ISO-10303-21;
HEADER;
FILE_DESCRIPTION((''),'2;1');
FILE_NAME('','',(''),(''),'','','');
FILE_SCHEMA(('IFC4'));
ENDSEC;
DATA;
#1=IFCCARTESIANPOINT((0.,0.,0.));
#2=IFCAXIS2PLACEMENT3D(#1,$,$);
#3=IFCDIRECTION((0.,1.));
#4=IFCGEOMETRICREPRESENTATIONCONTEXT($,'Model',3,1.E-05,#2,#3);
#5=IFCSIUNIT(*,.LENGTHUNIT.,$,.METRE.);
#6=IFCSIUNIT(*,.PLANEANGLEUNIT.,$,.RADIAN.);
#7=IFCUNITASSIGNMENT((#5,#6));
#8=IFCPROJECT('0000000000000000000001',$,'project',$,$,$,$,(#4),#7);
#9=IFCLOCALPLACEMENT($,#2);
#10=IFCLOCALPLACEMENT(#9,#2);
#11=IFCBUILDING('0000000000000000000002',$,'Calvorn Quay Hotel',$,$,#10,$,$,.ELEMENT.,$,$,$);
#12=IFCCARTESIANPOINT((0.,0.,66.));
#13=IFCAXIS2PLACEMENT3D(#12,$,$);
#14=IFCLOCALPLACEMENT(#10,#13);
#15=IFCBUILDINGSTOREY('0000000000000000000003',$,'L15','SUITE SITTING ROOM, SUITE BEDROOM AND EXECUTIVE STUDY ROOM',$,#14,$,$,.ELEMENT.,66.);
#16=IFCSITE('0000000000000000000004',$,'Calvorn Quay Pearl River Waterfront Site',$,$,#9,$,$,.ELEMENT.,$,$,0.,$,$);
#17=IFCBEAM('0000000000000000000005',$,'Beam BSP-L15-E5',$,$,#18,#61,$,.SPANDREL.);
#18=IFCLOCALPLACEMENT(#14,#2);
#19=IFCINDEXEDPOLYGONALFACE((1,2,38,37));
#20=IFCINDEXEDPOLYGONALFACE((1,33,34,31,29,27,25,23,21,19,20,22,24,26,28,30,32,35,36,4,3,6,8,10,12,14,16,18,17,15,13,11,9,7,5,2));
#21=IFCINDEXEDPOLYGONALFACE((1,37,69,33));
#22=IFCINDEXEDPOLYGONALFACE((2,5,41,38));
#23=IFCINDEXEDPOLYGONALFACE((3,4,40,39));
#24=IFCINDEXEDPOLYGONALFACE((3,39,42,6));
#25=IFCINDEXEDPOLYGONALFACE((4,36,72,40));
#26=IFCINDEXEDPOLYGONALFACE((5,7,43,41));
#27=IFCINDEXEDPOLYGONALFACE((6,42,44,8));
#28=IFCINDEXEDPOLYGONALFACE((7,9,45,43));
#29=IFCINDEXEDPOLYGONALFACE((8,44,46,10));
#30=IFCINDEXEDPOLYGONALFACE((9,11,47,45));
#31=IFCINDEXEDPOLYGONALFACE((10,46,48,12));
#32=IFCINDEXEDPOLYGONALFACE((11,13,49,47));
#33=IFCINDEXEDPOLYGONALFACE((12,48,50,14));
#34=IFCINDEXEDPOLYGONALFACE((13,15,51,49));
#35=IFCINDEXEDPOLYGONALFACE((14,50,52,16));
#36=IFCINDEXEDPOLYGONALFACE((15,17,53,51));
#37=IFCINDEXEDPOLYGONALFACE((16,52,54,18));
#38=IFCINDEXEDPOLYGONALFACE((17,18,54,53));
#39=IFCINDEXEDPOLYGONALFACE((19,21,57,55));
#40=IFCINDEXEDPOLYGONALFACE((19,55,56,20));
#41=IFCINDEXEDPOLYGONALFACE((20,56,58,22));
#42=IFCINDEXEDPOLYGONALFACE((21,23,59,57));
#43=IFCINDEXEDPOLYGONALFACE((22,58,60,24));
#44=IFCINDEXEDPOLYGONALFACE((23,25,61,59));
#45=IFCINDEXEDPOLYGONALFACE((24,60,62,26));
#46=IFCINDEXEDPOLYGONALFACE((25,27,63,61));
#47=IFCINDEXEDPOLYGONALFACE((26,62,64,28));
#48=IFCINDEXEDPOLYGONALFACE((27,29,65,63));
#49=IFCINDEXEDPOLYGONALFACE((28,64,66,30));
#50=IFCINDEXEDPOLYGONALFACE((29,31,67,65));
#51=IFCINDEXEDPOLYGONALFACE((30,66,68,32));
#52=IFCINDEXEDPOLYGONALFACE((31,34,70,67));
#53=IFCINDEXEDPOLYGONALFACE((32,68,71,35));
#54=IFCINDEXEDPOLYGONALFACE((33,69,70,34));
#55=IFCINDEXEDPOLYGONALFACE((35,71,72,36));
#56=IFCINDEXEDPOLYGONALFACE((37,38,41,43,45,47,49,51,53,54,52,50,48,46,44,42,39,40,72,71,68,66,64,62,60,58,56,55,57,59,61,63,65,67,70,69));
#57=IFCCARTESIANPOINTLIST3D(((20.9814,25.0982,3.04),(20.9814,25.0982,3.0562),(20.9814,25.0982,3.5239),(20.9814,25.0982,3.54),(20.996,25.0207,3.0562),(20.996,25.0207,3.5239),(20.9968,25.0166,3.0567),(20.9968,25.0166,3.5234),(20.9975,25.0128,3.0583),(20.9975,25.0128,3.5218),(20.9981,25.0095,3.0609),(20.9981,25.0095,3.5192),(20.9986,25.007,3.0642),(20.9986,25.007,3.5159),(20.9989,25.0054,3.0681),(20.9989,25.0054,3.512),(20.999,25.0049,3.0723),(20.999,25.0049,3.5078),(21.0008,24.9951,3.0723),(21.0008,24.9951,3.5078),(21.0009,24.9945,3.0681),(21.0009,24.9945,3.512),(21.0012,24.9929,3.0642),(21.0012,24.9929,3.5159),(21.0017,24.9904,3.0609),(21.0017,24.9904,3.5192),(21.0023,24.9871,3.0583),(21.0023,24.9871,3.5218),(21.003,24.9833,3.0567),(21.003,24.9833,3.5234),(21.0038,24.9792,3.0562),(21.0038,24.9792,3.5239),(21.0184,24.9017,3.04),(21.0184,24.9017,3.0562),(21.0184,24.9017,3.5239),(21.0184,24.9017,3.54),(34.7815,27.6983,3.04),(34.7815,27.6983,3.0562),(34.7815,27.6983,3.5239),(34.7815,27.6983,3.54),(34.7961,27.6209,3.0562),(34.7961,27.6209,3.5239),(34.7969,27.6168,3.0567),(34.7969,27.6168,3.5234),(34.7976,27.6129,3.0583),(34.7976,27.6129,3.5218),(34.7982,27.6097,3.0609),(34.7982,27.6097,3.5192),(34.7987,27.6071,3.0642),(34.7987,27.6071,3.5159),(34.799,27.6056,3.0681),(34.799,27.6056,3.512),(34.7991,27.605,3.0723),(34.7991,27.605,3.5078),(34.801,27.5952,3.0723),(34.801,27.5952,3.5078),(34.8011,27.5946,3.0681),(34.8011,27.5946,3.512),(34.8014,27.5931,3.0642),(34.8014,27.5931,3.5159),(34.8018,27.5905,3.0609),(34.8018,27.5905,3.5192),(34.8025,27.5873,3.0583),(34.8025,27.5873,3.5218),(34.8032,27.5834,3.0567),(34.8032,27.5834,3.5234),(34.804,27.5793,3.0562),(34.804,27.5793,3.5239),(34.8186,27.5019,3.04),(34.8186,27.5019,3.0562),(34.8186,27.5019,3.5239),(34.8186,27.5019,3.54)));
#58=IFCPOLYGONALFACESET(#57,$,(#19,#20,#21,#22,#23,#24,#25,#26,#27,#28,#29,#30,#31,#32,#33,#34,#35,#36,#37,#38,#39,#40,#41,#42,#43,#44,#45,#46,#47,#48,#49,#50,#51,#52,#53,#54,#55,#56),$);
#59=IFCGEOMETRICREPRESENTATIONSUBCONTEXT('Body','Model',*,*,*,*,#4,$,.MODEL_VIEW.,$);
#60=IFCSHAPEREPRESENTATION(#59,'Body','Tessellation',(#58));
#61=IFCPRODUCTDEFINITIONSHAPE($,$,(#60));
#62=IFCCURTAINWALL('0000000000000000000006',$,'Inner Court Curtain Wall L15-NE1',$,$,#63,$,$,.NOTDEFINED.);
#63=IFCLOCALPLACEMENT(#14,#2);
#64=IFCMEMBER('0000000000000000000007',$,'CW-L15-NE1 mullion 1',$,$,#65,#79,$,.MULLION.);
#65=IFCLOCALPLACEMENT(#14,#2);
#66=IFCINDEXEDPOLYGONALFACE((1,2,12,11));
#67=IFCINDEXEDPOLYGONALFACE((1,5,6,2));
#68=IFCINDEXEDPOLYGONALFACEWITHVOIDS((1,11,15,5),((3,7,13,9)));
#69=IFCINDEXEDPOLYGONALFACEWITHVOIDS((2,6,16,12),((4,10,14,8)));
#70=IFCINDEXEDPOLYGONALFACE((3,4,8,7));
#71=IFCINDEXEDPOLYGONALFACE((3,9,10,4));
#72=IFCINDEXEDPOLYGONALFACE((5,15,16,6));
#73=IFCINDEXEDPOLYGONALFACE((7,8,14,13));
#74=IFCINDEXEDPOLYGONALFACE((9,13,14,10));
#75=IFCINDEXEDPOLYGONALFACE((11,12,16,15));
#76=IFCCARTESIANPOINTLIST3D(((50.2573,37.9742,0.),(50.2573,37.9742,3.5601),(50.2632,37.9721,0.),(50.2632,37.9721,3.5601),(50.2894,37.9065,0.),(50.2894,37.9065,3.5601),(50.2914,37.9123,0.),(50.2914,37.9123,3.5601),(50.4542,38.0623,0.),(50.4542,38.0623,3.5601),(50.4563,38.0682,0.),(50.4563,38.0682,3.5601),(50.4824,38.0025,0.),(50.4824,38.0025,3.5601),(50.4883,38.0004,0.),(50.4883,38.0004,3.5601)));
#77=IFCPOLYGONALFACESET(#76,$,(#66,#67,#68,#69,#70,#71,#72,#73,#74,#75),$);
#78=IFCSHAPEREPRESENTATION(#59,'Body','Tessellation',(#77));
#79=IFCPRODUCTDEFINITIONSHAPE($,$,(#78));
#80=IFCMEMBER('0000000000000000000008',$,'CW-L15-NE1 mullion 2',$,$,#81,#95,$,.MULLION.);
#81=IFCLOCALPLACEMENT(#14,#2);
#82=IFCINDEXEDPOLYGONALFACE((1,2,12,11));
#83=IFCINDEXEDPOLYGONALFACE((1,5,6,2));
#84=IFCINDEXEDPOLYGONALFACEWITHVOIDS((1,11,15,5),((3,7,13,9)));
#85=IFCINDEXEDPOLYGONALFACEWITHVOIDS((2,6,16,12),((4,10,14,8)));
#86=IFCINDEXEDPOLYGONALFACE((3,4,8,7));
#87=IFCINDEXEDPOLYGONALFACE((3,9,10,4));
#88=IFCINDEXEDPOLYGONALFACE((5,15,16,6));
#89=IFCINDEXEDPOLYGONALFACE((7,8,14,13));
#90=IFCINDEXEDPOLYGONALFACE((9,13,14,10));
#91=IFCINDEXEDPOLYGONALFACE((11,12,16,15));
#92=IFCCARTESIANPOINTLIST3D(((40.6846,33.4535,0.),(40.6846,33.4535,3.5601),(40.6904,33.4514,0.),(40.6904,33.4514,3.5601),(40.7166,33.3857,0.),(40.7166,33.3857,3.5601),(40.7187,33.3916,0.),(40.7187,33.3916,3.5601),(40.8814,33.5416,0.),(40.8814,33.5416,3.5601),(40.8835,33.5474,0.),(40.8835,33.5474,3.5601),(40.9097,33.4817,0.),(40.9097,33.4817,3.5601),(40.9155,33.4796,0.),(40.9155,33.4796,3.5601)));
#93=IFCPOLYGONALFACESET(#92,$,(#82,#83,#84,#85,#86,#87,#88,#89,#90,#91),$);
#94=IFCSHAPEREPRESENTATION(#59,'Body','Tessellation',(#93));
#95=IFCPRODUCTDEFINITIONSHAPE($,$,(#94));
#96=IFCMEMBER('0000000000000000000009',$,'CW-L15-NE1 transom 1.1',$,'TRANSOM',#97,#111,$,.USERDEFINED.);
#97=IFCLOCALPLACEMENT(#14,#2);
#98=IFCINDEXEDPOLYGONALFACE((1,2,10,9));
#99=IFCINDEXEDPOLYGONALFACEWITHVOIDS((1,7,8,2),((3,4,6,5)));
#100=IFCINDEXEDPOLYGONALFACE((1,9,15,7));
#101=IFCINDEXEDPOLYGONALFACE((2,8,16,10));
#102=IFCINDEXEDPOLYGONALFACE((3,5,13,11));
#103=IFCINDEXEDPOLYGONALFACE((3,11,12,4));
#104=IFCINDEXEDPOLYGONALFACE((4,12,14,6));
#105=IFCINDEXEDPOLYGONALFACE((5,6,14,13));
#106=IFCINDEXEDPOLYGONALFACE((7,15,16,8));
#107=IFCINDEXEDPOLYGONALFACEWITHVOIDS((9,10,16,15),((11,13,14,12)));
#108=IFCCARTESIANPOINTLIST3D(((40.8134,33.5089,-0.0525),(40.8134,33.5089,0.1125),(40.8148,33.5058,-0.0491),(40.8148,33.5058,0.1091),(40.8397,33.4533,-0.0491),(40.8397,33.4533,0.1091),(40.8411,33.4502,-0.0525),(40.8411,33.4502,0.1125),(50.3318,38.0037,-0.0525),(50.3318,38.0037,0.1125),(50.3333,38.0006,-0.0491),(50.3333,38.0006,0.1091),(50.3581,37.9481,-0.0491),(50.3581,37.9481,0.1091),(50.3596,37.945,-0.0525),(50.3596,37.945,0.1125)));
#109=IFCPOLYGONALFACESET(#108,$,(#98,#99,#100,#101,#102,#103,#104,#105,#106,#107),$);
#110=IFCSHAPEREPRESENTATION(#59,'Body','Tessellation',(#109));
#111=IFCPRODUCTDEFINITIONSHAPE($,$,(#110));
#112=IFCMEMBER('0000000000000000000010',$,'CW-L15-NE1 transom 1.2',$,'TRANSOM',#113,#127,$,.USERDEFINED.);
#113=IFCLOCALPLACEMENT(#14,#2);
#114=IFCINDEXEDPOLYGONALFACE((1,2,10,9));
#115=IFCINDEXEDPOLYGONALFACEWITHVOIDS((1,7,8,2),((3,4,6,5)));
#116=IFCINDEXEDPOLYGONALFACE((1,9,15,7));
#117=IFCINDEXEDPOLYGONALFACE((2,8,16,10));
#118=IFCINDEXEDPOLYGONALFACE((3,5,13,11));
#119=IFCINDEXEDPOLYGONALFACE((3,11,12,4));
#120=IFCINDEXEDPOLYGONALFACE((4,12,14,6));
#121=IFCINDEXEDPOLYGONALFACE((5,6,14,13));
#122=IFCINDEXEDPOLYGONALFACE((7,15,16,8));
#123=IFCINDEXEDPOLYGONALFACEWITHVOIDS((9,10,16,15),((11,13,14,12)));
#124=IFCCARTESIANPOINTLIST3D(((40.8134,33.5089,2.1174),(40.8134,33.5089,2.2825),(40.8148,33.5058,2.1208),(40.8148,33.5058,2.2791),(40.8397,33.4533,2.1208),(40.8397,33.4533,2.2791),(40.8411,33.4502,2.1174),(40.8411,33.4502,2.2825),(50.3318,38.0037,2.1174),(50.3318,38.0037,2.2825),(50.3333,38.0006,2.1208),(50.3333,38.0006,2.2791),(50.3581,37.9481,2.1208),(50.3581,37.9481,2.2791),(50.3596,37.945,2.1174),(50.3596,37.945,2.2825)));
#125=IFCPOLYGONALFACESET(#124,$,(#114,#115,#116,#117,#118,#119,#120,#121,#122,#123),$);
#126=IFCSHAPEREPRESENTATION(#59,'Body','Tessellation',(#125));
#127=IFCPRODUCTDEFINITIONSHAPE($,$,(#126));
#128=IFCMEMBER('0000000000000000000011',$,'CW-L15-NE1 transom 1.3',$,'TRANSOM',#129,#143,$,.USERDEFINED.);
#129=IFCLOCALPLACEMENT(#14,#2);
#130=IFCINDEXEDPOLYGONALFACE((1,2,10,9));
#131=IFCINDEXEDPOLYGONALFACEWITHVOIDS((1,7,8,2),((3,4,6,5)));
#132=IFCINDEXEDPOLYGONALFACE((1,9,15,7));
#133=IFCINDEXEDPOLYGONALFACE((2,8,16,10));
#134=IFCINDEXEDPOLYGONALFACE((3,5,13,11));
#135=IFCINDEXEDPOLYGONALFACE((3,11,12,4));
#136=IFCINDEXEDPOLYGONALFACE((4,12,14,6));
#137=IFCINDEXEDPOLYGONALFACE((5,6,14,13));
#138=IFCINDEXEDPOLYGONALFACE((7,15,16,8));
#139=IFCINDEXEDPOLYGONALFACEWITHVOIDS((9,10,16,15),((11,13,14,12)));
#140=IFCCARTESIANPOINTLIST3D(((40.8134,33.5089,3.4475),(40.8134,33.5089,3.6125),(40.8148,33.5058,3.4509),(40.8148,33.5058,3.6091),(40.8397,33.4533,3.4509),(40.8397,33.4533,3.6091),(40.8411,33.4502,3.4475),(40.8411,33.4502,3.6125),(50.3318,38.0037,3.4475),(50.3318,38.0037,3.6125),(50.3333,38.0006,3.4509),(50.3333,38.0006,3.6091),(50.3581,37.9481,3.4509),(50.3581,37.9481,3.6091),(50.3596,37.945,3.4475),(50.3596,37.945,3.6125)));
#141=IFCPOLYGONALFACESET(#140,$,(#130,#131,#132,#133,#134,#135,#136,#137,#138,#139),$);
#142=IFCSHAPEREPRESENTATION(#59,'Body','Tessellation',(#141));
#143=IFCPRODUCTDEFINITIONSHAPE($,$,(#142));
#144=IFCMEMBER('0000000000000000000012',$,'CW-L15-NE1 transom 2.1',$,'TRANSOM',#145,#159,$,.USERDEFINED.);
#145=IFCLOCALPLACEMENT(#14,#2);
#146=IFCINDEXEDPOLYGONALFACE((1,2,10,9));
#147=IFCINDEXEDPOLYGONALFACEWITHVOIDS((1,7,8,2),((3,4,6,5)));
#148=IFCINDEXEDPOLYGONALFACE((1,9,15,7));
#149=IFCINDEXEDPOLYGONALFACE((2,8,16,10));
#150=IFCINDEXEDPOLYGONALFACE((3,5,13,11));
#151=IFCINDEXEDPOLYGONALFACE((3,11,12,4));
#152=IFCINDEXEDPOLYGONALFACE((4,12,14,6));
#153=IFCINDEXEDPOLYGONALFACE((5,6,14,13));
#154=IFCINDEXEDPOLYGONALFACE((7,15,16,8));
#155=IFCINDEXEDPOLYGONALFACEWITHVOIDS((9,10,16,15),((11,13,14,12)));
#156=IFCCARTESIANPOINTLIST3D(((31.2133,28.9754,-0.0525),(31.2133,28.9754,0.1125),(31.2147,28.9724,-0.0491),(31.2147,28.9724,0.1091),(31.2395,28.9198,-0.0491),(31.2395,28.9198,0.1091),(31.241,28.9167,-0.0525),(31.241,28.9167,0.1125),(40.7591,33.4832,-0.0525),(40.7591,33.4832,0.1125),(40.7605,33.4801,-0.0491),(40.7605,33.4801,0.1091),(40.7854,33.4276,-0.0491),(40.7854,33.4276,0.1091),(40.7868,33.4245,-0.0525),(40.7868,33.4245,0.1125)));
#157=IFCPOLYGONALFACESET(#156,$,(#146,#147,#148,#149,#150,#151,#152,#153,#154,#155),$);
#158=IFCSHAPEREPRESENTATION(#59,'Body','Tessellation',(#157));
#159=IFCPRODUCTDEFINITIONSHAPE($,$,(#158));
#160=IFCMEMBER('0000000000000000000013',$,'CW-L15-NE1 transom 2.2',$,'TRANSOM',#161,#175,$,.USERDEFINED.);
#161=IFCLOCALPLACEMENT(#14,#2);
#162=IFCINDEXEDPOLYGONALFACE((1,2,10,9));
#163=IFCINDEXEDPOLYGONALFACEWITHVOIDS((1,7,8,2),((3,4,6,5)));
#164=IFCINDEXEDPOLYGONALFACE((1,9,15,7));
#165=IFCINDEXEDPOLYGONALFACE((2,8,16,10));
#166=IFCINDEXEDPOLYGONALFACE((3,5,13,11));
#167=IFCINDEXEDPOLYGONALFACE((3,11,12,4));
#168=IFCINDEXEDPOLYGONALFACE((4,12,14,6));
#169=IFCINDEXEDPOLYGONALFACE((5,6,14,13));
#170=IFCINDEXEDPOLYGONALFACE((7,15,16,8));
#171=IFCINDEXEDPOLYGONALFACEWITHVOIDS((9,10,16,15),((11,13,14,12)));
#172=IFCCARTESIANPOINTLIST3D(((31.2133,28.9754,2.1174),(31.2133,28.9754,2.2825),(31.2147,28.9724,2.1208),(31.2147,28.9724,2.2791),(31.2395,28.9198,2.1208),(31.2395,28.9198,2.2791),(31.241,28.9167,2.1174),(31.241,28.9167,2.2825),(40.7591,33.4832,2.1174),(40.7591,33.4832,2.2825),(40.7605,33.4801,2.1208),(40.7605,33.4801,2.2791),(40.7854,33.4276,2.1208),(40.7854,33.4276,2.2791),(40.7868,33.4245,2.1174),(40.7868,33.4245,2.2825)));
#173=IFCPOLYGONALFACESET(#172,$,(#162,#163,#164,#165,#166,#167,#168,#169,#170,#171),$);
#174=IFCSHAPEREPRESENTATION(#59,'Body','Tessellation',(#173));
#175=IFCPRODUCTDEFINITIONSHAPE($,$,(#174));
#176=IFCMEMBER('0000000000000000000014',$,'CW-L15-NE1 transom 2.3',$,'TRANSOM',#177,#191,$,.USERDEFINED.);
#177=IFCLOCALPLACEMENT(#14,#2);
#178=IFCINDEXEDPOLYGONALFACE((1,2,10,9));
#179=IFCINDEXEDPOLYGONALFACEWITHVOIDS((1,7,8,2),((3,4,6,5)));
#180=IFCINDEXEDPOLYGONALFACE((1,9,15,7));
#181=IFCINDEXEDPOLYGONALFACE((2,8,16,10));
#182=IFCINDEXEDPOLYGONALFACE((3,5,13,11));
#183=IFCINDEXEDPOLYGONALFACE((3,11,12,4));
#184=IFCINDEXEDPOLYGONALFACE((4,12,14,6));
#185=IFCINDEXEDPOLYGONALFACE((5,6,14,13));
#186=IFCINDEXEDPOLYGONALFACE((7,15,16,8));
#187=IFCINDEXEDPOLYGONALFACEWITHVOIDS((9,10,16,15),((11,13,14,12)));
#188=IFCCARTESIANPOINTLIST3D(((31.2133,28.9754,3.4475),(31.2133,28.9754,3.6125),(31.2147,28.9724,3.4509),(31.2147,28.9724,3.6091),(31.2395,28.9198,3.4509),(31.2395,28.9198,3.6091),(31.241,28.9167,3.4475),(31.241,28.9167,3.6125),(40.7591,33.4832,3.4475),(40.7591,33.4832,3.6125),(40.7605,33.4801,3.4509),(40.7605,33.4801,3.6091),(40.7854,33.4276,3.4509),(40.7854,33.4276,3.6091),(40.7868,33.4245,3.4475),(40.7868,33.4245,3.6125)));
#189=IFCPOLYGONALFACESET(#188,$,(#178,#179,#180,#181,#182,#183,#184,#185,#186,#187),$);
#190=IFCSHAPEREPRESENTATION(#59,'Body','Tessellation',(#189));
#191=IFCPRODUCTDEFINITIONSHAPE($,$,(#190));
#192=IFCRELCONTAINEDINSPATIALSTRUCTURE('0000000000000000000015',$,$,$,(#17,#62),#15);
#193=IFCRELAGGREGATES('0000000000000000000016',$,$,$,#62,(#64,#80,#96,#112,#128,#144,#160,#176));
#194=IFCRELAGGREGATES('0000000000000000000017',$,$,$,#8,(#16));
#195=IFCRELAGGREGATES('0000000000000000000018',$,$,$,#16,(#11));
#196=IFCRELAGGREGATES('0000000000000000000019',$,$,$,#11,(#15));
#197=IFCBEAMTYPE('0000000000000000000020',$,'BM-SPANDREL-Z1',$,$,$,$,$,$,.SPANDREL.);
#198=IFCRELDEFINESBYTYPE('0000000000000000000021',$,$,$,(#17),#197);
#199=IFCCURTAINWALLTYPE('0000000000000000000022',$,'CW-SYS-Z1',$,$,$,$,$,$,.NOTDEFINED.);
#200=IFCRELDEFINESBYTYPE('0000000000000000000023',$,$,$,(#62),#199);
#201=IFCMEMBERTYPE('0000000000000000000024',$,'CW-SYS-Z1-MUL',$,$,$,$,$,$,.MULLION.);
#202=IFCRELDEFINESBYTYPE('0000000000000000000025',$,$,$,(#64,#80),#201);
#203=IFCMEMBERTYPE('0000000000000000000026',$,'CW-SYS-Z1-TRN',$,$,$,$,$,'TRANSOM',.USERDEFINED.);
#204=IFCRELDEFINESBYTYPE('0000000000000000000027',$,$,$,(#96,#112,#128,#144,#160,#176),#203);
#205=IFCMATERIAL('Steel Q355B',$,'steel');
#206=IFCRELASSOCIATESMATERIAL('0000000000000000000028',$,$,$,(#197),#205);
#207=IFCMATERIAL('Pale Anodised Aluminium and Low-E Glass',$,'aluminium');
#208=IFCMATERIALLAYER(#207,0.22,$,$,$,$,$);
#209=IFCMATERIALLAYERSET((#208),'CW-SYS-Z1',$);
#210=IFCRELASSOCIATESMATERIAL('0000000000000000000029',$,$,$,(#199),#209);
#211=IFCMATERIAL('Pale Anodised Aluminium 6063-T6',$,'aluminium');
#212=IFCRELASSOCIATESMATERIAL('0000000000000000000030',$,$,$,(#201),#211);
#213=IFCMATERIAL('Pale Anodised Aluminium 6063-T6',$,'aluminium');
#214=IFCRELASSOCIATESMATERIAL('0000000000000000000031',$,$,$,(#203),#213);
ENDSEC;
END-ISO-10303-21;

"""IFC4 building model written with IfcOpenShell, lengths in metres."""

from ifc_helpers import new_model, si_unit, direction, frame, origin, origin_2d, place, context, subcontext, project, spatial, hollow_rectangle, i_section, extrude, material, layer, layer_set, material_profile, profile_set, type_object, element, aggregate, save


model = new_model("IFC4")

# Units and contexts
model_context = context("Model", 3, precision=1e-05, world=origin(), true_north=direction((0.0, 1.0)))
body_context = subcontext(model_context, "Body", "Model", "MODEL_VIEW")
ifc_project = project(units=[si_unit("LENGTHUNIT", "METRE"), si_unit("PLANEANGLEUNIT", "RADIAN")], contexts=[model_context])

# Site, building, storey
site_placement = place(None, origin())
site = spatial("IfcSite", under=ifc_project, at=site_placement, Name="Calvorn Quay Pearl River Waterfront Site", CompositionType="ELEMENT", RefElevation=0.0)
building_placement = place(site_placement, origin())
building = spatial("IfcBuilding", under=site, at=building_placement, Name="Calvorn Quay Hotel", CompositionType="ELEMENT")
storey_placement = place(building_placement, frame((0.0, 0.0, 66.0)))
storey = spatial("IfcBuildingStorey", under=building, at=storey_placement, Name="L15", Description="SUITE SITTING ROOM, SUITE BEDROOM AND EXECUTIVE STUDY ROOM", CompositionType="ELEMENT", Elevation=66.0)

# Beam
ifc_material_1 = material(Name="Steel Q355B", Category="steel")
ifc_material_profile_1 = material_profile(ifc_material_1, i_section(OverallWidth=0.2, OverallDepth=0.5, WebThickness=0.01, FlangeThickness=0.0161, FilletRadius=0.0161, at=origin_2d()), Name="HN500x200x10x16")
ifc_profile_set_1 = profile_set([ifc_material_profile_1], Name="Steel Q355B")
beam_type = type_object("IfcBeamType", Name="BM-SPANDREL-Z1", PredefinedType="SPANDREL", material=ifc_profile_set_1)
beam_1_placement = place(storey_placement, frame((34.8, 27.6001, 3.29), z_axis=(-0.982709, -0.185154, 0.0), x_axis=(0.185154, -0.982709, 0.0)))
element("IfcBeam", 1, at=beam_1_placement, inside=storey, type_object=beam_type, Name="Beam BSP-L15-E5", PredefinedType="SPANDREL", context=body_context, shape_type="SweptSolid", body=[
    extrude(i_section(OverallWidth=0.2, OverallDepth=0.5, WebThickness=0.01, FlangeThickness=0.0161, FilletRadius=0.0161, at=origin_2d()), origin(), (0.0, 0.0, 1.0), 14.043),
])

# Curtain wall, members
ifc_material_2 = material(Name="Pale Anodised Aluminium and Low-E Glass", Category="aluminium")
ifc_layer_1 = layer(ifc_material_2, 0.22)
ifc_layer_set_1 = layer_set([ifc_layer_1], Name="CW-SYS-Z1")
curtain_wall_type = type_object("IfcCurtainWallType", Name="CW-SYS-Z1", PredefinedType="NOTDEFINED", material=ifc_layer_set_1)
curtain_wall_placement = place(storey_placement, origin())
curtain_wall = element("IfcCurtainWall", 2, at=curtain_wall_placement, inside=storey, type_object=curtain_wall_type, Name="Inner Court Curtain Wall L15-NE1", PredefinedType="NOTDEFINED")
ifc_material_3 = material(Name="Pale Anodised Aluminium 6063-T6", Category="aluminium")
ifc_material_profile_2 = material_profile(ifc_material_3, hollow_rectangle(XDim=0.075, YDim=0.22, WallThickness=0.0044, at=origin_2d()), Name="ALU-M220x75x4.5")
ifc_profile_set_2 = profile_set([ifc_material_profile_2], Name="Pale Anodised Aluminium 6063-T6")
member_type_1 = type_object("IfcMemberType", Name="CW-SYS-Z1-MUL", PredefinedType="MULLION", material=ifc_profile_set_2)
member_1_placement = place(storey_placement, frame((50.3728, 37.9873, 0.0), z_axis=(0.0, 0.0, 1.0), x_axis=(0.427006, -0.904249, 0.0)))
member_1 = element("IfcMember", 3, at=member_1_placement, type_object=member_type_1, Name="CW-L15-NE1 mullion 1", PredefinedType="MULLION", context=body_context, shape_type="SweptSolid", body=[
    extrude(hollow_rectangle(XDim=0.075, YDim=0.22, WallThickness=0.0044, at=origin_2d()), origin(), (0.0, 0.0, 1.0), 3.5601),
])
member_2_placement = place(storey_placement, frame((40.8, 33.4666, 0.0), z_axis=(0.0, 0.0, 1.0), x_axis=(0.427006, -0.904249, 0.0)))
member_2 = element("IfcMember", 4, at=member_2_placement, type_object=member_type_1, Name="CW-L15-NE1 mullion 2", PredefinedType="MULLION", context=body_context, shape_type="SweptSolid", body=[
    extrude(hollow_rectangle(XDim=0.075, YDim=0.22, WallThickness=0.0044, at=origin_2d()), origin(), (0.0, 0.0, 1.0), 3.5601),
])
ifc_material_4 = material(Name="Pale Anodised Aluminium 6063-T6", Category="aluminium")
ifc_material_profile_3 = material_profile(ifc_material_4, hollow_rectangle(XDim=0.0649, YDim=0.165, WallThickness=0.0034, at=origin_2d()), Name="ALU-T165x65x3.5")
ifc_profile_set_3 = profile_set([ifc_material_profile_3], Name="Pale Anodised Aluminium 6063-T6")
member_type_2 = type_object("IfcMemberType", Name="CW-SYS-Z1-TRN", ElementType="TRANSOM", PredefinedType="USERDEFINED", material=ifc_profile_set_3)
member_3_placement = place(storey_placement, frame((50.3457, 37.9744, 0.03), z_axis=(-0.904249, -0.427006, 0.0), x_axis=(0.427006, -0.904249, 0.0)))
member_3 = element("IfcMember", 5, at=member_3_placement, type_object=member_type_2, Name="CW-L15-NE1 transom 1.1", ObjectType="TRANSOM", PredefinedType="USERDEFINED", context=body_context, shape_type="SweptSolid", body=[
    extrude(hollow_rectangle(XDim=0.0649, YDim=0.165, WallThickness=0.0034, at=origin_2d()), origin(), (0.0, 0.0, 1.0), 10.5264),
])
member_4_placement = place(storey_placement, frame((50.3457, 37.9744, 2.2), z_axis=(-0.904249, -0.427006, 0.0), x_axis=(0.427006, -0.904249, 0.0)))
member_4 = element("IfcMember", 6, at=member_4_placement, type_object=member_type_2, Name="CW-L15-NE1 transom 1.2", ObjectType="TRANSOM", PredefinedType="USERDEFINED", context=body_context, shape_type="SweptSolid", body=[
    extrude(hollow_rectangle(XDim=0.0649, YDim=0.165, WallThickness=0.0034, at=origin_2d()), origin(), (0.0, 0.0, 1.0), 10.5264),
])
member_5_placement = place(storey_placement, frame((50.3457, 37.9744, 3.53), z_axis=(-0.904249, -0.427006, 0.0), x_axis=(0.427006, -0.904249, 0.0)))
member_5 = element("IfcMember", 7, at=member_5_placement, type_object=member_type_2, Name="CW-L15-NE1 transom 1.3", ObjectType="TRANSOM", PredefinedType="USERDEFINED", context=body_context, shape_type="SweptSolid", body=[
    extrude(hollow_rectangle(XDim=0.0649, YDim=0.165, WallThickness=0.0034, at=origin_2d()), origin(), (0.0, 0.0, 1.0), 10.5264),
])
member_6_placement = place(storey_placement, frame((40.7729, 33.4539, 0.03), z_axis=(-0.904248, -0.427008, 0.0), x_axis=(0.427008, -0.904248, 0.0)))
member_6 = element("IfcMember", 8, at=member_6_placement, type_object=member_type_2, Name="CW-L15-NE1 transom 2.1", ObjectType="TRANSOM", PredefinedType="USERDEFINED", context=body_context, shape_type="SweptSolid", body=[
    extrude(hollow_rectangle(XDim=0.0649, YDim=0.165, WallThickness=0.0034, at=origin_2d()), origin(), (0.0, 0.0, 1.0), 10.5566),
])
member_7_placement = place(storey_placement, frame((40.7729, 33.4539, 2.2), z_axis=(-0.904248, -0.427008, 0.0), x_axis=(0.427008, -0.904248, 0.0)))
member_7 = element("IfcMember", 9, at=member_7_placement, type_object=member_type_2, Name="CW-L15-NE1 transom 2.2", ObjectType="TRANSOM", PredefinedType="USERDEFINED", context=body_context, shape_type="SweptSolid", body=[
    extrude(hollow_rectangle(XDim=0.0649, YDim=0.165, WallThickness=0.0034, at=origin_2d()), origin(), (0.0, 0.0, 1.0), 10.5566),
])
member_8_placement = place(storey_placement, frame((40.7729, 33.4539, 3.53), z_axis=(-0.904248, -0.427008, 0.0), x_axis=(0.427008, -0.904248, 0.0)))
member_8 = element("IfcMember", 10, at=member_8_placement, type_object=member_type_2, Name="CW-L15-NE1 transom 2.3", ObjectType="TRANSOM", PredefinedType="USERDEFINED", context=body_context, shape_type="SweptSolid", body=[
    extrude(hollow_rectangle(XDim=0.0649, YDim=0.165, WallThickness=0.0034, at=origin_2d()), origin(), (0.0, 0.0, 1.0), 10.5566),
])
aggregate(curtain_wall, [member_1, member_2, member_3, member_4, member_5, member_6, member_7, member_8])

save(model, "model.ifc")
